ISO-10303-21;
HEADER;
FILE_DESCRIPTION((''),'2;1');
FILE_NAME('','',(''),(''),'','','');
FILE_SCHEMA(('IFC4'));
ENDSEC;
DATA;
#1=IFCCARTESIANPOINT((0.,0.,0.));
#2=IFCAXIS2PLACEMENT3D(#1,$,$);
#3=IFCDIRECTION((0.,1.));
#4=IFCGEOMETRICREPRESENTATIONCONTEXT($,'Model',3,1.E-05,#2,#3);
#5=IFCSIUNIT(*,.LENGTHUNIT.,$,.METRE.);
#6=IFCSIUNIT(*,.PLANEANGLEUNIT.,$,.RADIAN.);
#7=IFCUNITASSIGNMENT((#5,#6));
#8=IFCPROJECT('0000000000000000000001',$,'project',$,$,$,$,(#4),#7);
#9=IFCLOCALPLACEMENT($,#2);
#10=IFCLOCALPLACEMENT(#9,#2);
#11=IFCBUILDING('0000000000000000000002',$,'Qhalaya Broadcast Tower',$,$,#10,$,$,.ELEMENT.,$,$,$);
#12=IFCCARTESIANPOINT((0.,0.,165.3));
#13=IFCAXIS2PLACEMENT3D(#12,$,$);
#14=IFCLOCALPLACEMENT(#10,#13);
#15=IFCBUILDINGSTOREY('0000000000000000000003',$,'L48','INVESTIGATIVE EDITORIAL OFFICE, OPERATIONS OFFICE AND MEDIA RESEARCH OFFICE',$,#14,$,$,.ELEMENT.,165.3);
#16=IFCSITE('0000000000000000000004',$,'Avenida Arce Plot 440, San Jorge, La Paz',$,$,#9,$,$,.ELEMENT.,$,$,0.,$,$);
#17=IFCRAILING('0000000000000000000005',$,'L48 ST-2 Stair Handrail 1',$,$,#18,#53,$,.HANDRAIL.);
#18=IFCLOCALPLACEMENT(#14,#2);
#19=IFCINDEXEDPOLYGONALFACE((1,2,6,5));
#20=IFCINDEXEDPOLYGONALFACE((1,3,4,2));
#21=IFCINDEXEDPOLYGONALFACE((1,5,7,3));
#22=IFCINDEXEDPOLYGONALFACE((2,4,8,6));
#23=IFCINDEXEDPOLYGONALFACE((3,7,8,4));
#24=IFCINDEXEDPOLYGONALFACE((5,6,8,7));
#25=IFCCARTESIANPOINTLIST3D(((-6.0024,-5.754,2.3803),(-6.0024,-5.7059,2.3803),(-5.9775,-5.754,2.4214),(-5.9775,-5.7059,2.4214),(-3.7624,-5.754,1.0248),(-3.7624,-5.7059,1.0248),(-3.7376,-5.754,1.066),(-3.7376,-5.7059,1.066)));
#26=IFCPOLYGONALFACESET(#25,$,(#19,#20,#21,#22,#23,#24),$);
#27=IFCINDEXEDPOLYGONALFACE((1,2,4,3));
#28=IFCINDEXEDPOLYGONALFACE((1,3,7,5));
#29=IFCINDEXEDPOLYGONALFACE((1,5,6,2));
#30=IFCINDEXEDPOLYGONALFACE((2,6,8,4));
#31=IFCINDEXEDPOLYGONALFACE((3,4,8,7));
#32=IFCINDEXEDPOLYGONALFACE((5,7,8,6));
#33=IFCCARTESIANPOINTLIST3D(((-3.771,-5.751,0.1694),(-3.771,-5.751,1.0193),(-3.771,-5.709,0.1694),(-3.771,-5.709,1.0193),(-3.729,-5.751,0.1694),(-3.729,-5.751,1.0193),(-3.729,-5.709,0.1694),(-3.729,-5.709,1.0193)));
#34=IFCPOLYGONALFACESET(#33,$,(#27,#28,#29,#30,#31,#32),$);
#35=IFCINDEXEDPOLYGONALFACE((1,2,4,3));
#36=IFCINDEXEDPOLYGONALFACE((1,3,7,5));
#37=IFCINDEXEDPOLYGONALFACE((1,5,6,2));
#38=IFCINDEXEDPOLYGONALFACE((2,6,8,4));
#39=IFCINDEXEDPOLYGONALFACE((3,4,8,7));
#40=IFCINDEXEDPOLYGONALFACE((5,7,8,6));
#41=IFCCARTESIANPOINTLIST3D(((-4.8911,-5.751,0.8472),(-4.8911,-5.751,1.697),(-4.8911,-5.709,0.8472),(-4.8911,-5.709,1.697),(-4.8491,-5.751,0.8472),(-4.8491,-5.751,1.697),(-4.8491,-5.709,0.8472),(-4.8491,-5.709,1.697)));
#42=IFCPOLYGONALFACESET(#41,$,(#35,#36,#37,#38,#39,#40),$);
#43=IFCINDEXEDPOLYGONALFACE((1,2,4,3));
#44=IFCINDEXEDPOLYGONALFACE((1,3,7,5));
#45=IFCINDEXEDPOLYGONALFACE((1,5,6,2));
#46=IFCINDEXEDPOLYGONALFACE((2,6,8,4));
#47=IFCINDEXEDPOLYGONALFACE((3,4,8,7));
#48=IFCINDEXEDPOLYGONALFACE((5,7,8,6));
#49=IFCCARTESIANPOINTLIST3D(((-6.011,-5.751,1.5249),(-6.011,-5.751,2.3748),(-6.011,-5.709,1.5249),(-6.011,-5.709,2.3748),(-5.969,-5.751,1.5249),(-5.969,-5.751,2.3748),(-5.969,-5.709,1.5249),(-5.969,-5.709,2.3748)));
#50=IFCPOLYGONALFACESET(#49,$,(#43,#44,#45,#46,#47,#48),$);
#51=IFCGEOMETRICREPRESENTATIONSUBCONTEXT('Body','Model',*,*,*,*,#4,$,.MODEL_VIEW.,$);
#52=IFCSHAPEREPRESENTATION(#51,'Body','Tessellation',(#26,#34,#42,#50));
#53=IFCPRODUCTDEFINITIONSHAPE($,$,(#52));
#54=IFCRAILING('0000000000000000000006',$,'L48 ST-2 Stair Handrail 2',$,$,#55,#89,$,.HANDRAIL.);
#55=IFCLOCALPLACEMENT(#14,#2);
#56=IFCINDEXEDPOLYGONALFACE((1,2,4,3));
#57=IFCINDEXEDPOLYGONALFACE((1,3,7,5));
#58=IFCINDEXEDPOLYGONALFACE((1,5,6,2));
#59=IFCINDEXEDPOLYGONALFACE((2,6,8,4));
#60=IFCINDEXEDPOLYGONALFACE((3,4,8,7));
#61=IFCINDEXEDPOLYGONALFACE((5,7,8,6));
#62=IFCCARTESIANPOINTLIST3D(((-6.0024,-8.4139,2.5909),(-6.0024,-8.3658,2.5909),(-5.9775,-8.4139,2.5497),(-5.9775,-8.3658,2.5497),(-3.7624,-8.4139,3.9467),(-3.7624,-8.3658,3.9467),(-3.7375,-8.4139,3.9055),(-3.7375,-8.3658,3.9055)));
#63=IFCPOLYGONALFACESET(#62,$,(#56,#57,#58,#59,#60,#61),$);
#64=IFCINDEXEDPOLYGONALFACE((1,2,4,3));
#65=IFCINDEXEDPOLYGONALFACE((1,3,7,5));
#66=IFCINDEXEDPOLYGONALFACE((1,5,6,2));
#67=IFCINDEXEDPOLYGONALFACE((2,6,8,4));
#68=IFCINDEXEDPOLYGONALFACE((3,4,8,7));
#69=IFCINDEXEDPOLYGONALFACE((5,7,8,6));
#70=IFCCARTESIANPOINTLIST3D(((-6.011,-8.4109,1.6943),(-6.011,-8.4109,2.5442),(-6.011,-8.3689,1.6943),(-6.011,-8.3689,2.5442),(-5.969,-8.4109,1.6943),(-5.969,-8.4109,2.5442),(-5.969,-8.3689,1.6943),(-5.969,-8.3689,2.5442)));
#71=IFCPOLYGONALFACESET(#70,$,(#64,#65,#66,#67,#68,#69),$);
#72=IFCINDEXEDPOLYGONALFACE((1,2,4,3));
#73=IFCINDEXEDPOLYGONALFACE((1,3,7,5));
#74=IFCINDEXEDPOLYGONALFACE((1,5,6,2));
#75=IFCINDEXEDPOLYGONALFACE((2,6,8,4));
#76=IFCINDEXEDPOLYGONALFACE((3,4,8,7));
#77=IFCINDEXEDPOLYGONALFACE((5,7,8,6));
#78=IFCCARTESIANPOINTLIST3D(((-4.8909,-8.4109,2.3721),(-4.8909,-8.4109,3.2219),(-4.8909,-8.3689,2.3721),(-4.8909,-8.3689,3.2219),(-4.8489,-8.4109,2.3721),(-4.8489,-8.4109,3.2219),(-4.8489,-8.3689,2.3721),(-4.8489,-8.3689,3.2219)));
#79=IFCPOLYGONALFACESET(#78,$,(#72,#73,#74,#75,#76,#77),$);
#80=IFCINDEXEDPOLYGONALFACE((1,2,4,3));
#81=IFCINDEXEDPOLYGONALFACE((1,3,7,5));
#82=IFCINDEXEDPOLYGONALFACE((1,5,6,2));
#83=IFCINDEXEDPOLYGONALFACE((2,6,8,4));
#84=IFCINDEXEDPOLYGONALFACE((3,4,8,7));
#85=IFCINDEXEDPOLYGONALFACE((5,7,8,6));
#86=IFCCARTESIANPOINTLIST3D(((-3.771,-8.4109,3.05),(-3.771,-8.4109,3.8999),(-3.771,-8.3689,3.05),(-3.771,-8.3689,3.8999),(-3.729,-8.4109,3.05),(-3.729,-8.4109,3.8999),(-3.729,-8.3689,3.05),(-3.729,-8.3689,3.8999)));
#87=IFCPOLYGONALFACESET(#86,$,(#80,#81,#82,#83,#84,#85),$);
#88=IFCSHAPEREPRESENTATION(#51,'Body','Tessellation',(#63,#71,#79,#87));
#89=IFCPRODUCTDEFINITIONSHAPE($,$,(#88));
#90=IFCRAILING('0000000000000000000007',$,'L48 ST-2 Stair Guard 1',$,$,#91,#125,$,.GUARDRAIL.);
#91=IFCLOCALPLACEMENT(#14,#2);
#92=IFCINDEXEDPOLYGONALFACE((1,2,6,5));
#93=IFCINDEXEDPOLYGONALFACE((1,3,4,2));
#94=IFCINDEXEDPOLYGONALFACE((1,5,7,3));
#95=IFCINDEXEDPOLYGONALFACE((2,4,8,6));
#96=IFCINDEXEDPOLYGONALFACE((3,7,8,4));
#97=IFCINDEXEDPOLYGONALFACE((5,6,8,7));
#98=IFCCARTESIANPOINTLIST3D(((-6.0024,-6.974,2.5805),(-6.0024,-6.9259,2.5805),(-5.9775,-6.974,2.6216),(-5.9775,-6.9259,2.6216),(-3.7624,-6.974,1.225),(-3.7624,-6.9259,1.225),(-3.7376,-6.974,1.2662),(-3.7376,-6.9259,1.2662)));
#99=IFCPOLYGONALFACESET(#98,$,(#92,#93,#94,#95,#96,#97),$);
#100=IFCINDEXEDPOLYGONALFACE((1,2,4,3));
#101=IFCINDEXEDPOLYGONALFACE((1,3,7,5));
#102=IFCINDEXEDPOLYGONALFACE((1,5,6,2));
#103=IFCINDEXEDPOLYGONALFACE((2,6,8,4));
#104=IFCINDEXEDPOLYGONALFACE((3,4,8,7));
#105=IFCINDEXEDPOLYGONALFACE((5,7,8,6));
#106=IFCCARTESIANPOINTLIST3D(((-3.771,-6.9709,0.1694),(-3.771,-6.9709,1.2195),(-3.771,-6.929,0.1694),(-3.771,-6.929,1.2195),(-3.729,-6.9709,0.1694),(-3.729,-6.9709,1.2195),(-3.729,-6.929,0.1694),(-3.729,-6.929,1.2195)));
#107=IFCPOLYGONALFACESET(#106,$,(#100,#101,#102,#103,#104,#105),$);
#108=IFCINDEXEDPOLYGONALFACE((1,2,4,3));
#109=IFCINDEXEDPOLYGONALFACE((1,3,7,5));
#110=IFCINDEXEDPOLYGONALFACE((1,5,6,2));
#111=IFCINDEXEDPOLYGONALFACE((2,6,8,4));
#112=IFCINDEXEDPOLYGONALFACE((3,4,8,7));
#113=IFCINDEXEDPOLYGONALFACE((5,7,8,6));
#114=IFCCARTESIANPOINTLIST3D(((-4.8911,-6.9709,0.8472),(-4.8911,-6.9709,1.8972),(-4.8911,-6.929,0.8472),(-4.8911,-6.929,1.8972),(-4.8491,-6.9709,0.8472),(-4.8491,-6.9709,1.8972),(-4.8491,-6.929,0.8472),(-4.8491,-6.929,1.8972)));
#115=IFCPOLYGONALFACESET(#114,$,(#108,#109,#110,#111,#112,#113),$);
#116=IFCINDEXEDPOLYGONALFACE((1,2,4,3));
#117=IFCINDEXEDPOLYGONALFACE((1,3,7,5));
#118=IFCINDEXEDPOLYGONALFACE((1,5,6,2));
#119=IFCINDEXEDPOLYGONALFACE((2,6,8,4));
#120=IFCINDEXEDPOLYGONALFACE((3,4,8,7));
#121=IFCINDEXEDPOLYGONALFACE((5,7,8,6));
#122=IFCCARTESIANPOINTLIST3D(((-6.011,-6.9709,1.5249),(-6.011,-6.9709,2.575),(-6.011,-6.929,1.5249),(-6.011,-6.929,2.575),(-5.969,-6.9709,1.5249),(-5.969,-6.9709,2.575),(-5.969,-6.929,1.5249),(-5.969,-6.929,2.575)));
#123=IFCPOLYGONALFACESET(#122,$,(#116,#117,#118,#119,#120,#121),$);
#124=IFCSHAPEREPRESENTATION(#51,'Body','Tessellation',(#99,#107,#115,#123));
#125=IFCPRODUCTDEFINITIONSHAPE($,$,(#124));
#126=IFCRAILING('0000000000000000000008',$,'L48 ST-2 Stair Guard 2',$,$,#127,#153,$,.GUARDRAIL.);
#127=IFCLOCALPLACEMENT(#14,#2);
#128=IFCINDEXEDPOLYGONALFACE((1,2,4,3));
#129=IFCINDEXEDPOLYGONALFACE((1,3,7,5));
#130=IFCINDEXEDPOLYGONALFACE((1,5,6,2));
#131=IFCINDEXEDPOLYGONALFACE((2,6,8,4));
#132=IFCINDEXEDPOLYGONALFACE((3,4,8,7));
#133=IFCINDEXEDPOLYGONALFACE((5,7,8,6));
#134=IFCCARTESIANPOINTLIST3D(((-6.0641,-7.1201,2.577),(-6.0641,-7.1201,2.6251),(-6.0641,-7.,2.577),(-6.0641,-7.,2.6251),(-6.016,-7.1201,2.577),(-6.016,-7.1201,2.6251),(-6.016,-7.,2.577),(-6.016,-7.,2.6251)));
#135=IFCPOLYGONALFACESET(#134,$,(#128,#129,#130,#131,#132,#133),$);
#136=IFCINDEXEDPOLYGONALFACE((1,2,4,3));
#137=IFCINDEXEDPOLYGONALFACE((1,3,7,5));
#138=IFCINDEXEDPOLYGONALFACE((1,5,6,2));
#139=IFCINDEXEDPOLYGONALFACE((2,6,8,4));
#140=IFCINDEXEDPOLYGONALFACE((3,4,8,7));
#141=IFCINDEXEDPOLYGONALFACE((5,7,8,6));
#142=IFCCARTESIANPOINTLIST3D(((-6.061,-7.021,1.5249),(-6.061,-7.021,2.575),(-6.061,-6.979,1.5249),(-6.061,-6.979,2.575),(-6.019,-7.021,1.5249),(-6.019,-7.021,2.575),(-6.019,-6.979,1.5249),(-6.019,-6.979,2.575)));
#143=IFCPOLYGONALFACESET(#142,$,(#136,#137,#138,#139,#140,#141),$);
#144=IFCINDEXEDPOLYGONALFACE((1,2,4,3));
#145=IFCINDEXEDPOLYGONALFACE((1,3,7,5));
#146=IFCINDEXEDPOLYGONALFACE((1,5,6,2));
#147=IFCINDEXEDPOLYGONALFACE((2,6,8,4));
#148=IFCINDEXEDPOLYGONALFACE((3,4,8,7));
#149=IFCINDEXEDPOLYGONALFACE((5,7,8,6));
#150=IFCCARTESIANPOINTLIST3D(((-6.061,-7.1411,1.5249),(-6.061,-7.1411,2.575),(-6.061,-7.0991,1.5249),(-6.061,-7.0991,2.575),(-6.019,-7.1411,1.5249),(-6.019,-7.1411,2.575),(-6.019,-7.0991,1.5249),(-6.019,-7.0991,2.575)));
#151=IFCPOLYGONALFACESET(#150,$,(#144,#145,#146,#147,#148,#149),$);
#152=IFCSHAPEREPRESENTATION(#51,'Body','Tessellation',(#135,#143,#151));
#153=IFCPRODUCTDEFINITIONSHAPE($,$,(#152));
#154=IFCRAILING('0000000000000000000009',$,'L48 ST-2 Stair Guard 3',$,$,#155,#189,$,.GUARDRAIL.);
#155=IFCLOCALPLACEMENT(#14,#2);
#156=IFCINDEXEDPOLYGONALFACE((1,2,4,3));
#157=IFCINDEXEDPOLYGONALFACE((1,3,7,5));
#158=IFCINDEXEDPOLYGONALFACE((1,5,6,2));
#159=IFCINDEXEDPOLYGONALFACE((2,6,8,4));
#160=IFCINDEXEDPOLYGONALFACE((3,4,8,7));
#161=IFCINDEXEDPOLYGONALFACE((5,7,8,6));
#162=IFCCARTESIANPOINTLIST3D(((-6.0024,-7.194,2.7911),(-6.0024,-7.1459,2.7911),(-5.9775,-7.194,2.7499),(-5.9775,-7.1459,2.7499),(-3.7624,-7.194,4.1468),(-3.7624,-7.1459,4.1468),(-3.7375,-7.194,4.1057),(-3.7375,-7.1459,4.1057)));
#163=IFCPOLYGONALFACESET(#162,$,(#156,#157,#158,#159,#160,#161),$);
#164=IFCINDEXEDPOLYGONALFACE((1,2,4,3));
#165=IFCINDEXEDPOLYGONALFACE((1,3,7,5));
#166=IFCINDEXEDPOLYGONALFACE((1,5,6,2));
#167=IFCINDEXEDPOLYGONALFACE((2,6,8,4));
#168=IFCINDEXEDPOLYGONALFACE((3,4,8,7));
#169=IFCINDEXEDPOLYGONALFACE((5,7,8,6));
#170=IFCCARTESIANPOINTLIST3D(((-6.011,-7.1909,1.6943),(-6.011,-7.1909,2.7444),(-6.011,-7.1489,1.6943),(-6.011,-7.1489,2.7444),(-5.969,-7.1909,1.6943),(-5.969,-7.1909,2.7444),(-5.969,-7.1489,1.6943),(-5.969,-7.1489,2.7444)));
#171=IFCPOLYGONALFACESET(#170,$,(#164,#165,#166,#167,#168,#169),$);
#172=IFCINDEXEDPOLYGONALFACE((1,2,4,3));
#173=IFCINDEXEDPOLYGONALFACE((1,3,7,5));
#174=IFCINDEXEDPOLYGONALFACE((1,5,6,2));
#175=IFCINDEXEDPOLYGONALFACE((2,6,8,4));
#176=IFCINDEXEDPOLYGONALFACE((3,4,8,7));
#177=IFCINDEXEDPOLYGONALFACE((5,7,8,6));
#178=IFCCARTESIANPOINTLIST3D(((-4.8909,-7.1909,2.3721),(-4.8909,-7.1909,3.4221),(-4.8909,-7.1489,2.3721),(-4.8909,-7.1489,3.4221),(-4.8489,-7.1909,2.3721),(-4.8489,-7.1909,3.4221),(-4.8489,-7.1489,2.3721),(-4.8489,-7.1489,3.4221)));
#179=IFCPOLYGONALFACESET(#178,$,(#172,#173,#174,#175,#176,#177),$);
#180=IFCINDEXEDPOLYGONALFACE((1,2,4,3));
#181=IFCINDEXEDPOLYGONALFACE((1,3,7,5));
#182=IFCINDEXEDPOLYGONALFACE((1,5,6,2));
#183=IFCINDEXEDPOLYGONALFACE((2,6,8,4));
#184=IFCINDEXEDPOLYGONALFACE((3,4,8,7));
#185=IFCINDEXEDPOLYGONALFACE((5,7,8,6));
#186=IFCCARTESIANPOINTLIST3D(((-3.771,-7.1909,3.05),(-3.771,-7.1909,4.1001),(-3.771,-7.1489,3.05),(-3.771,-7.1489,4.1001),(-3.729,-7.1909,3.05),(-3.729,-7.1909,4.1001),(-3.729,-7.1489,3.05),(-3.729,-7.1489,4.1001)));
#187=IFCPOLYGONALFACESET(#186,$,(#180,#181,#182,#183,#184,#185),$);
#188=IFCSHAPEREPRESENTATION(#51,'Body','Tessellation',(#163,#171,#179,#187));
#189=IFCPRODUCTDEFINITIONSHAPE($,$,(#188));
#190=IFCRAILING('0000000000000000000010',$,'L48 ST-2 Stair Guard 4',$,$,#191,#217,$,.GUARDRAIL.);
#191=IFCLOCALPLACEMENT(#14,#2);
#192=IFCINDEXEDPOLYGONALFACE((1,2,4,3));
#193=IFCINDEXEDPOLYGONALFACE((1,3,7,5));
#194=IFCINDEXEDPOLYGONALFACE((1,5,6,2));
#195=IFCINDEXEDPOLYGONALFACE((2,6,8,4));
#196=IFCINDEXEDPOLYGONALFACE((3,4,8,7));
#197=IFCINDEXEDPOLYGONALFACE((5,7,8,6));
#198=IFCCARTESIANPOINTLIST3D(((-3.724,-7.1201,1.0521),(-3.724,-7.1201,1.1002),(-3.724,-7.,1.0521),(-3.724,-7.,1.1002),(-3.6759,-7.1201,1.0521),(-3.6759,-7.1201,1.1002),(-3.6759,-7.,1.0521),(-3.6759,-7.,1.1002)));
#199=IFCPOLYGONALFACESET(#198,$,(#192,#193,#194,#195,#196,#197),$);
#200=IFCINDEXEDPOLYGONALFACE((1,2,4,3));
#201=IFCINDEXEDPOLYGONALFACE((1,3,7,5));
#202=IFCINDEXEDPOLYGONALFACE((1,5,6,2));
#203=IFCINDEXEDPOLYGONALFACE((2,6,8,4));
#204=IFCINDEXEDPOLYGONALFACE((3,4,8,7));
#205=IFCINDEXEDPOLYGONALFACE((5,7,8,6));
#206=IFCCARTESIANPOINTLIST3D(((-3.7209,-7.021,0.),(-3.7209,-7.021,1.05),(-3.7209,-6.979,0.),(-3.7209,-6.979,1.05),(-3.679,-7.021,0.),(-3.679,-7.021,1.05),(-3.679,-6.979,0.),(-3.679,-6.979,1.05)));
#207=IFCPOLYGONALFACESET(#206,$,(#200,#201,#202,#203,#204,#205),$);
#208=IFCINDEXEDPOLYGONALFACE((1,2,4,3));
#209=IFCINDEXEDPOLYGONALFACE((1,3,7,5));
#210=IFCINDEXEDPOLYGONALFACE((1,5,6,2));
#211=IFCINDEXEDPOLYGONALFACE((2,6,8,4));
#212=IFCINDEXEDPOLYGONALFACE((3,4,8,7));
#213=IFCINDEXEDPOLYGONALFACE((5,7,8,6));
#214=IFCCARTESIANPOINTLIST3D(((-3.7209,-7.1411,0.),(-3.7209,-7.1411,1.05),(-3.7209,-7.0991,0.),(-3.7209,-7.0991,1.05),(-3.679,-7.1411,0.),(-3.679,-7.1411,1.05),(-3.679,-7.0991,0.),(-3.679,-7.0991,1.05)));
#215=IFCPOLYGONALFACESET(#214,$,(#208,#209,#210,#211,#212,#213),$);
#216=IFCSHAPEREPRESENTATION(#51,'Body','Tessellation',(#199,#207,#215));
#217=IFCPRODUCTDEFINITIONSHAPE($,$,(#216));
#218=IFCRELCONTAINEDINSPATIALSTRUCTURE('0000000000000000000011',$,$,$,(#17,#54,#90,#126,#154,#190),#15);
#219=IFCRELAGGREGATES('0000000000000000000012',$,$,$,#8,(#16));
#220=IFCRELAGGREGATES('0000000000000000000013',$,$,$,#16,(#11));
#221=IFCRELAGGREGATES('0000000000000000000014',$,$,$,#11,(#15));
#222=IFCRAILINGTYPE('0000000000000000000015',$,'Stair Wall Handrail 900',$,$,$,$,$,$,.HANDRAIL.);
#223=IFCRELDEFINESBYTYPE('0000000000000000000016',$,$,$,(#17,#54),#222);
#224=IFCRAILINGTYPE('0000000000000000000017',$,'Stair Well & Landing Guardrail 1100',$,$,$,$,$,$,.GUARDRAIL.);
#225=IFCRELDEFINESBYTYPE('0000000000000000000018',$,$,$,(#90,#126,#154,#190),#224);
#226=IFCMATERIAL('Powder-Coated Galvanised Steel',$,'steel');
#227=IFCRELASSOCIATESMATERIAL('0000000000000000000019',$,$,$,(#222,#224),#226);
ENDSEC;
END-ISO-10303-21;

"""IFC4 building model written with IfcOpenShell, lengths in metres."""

from ifc_helpers import new_model, si_unit, direction, frame, origin, origin_2d, place, context, subcontext, project, spatial, rectangle, extrude, material, type_object, element, save


model = new_model("IFC4")

# Units and contexts
model_context = context("Model", 3, precision=1e-05, world=origin(), true_north=direction((0.0, 1.0)))
body_context = subcontext(model_context, "Body", "Model", "MODEL_VIEW")
ifc_project = project(units=[si_unit("LENGTHUNIT", "METRE"), si_unit("PLANEANGLEUNIT", "RADIAN")], contexts=[model_context])

# Site, building, storey
site_placement = place(None, origin())
site = spatial("IfcSite", under=ifc_project, at=site_placement, Name="Avenida Arce Plot 440, San Jorge, La Paz", CompositionType="ELEMENT", RefElevation=0.0)
building_placement = place(site_placement, origin())
building = spatial("IfcBuilding", under=site, at=building_placement, Name="Qhalaya Broadcast Tower", CompositionType="ELEMENT")
storey_placement = place(building_placement, frame((0.0, 0.0, 165.3)))
storey = spatial("IfcBuildingStorey", under=building, at=storey_placement, Name="L48", Description="INVESTIGATIVE EDITORIAL OFFICE, OPERATIONS OFFICE AND MEDIA RESEARCH OFFICE", CompositionType="ELEMENT", Elevation=165.3)

# Railings
ifc_material_1 = material(Name="Powder-Coated Galvanised Steel", Category="steel")
railing_type_1 = type_object("IfcRailingType", Name="Stair Wall Handrail 900", PredefinedType="HANDRAIL", material=ifc_material_1)
railing_1_placement = place(storey_placement, frame((-3.75, -5.73, 0.1694)))
element("IfcRailing", 1, at=railing_1_placement, inside=storey, type_object=railing_type_1, Name="L48 ST-2 Stair Handrail 1", PredefinedType="HANDRAIL", context=body_context, shape_type="SweptSolid", body=[
    extrude(rectangle(XDim=0.0481, YDim=0.0481, at=origin_2d()), frame((0.0, 0.0, 0.876), z_axis=(-0.855553, 0.0, 0.517715), x_axis=(0.0, -1.0, 0.0)), (0.0, 0.0, 1.0), 2.6182),
    extrude(rectangle(XDim=0.042, YDim=0.042, at=origin_2d()), origin(), (0.0, 0.0, 1.0), 0.8499),
    extrude(rectangle(XDim=0.042, YDim=0.042, at=origin_2d()), frame((-1.1201, 0.0, 0.6777)), (0.0, 0.0, 1.0), 0.8499),
    extrude(rectangle(XDim=0.042, YDim=0.042, at=origin_2d()), frame((-2.24, 0.0, 1.3555)), (0.0, 0.0, 1.0), 0.8499),
])
railing_2_placement = place(storey_placement, frame((-5.99, -8.3899, 1.6943)))
element("IfcRailing", 2, at=railing_2_placement, inside=storey, type_object=railing_type_1, Name="L48 ST-2 Stair Handrail 2", PredefinedType="HANDRAIL", context=body_context, shape_type="SweptSolid", body=[
    extrude(rectangle(XDim=0.0481, YDim=0.0481, at=origin_2d()), frame((0.0, 0.0, 0.876), z_axis=(0.855512, 0.0, 0.517783), x_axis=(0.0, 1.0, 0.0)), (0.0, 0.0, 1.0), 2.6184),
    extrude(rectangle(XDim=0.042, YDim=0.042, at=origin_2d()), origin(), (0.0, 0.0, 1.0), 0.8499),
    extrude(rectangle(XDim=0.042, YDim=0.042, at=origin_2d()), frame((1.1201, 0.0, 0.6777)), (0.0, 0.0, 1.0), 0.8499),
    extrude(rectangle(XDim=0.042, YDim=0.042, at=origin_2d()), frame((2.24, 0.0, 1.3557)), (0.0, 0.0, 1.0), 0.8499),
])
railing_type_2 = type_object("IfcRailingType", Name="Stair Well & Landing Guardrail 1100", PredefinedType="GUARDRAIL", material=ifc_material_1)
railing_3_placement = place(storey_placement, frame((-3.75, -6.95, 0.1694)))
element("IfcRailing", 3, at=railing_3_placement, inside=storey, type_object=railing_type_2, Name="L48 ST-2 Stair Guard 1", PredefinedType="GUARDRAIL", context=body_context, shape_type="SweptSolid", body=[
    extrude(rectangle(XDim=0.0481, YDim=0.0481, at=origin_2d()), frame((0.0, 0.0, 1.0762), z_axis=(-0.855553, 0.0, 0.517715), x_axis=(0.0, -1.0, 0.0)), (0.0, 0.0, 1.0), 2.6182),
    extrude(rectangle(XDim=0.042, YDim=0.042, at=origin_2d()), origin(), (0.0, 0.0, 1.0), 1.05),
    extrude(rectangle(XDim=0.042, YDim=0.042, at=origin_2d()), frame((-1.1201, 0.0, 0.6777)), (0.0, 0.0, 1.0), 1.05),
    extrude(rectangle(XDim=0.042, YDim=0.042, at=origin_2d()), frame((-2.24, 0.0, 1.3555)), (0.0, 0.0, 1.0), 1.05),
])
railing_4_placement = place(storey_placement, frame((-6.04, -7.0, 1.5249)))
element("IfcRailing", 4, at=railing_4_placement, inside=storey, type_object=railing_type_2, Name="L48 ST-2 Stair Guard 2", PredefinedType="GUARDRAIL", context=body_context, shape_type="SweptSolid", body=[
    extrude(rectangle(XDim=0.0481, YDim=0.0481, at=origin_2d()), frame((0.0, 0.0, 1.0762), z_axis=(0.0, -1.0, 0.0), x_axis=(1.0, 0.0, 0.0)), (0.0, 0.0, 1.0), 0.1201),
    extrude(rectangle(XDim=0.042, YDim=0.042, at=origin_2d()), origin(), (0.0, 0.0, 1.0), 1.05),
    extrude(rectangle(XDim=0.042, YDim=0.042, at=origin_2d()), frame((0.0, -0.1201, 0.0)), (0.0, 0.0, 1.0), 1.05),
])
railing_5_placement = place(storey_placement, frame((-5.99, -7.1699, 1.6943)))
element("IfcRailing", 5, at=railing_5_placement, inside=storey, type_object=railing_type_2, Name="L48 ST-2 Stair Guard 3", PredefinedType="GUARDRAIL", context=body_context, shape_type="SweptSolid", body=[
    extrude(rectangle(XDim=0.0481, YDim=0.0481, at=origin_2d()), frame((0.0, 0.0, 1.0762), z_axis=(0.855512, 0.0, 0.517783), x_axis=(0.0, 1.0, 0.0)), (0.0, 0.0, 1.0), 2.6184),
    extrude(rectangle(XDim=0.042, YDim=0.042, at=origin_2d()), origin(), (0.0, 0.0, 1.0), 1.05),
    extrude(rectangle(XDim=0.042, YDim=0.042, at=origin_2d()), frame((1.1201, 0.0, 0.6777)), (0.0, 0.0, 1.0), 1.05),
    extrude(rectangle(XDim=0.042, YDim=0.042, at=origin_2d()), frame((2.24, 0.0, 1.3557)), (0.0, 0.0, 1.0), 1.05),
])
railing_6_placement = place(storey_placement, frame((-3.7, -7.0, 0.0)))
element("IfcRailing", 6, at=railing_6_placement, inside=storey, type_object=railing_type_2, Name="L48 ST-2 Stair Guard 4", PredefinedType="GUARDRAIL", context=body_context, shape_type="SweptSolid", body=[
    extrude(rectangle(XDim=0.0481, YDim=0.0481, at=origin_2d()), frame((0.0, 0.0, 1.0762), z_axis=(0.0, -1.0, 0.0), x_axis=(1.0, 0.0, 0.0)), (0.0, 0.0, 1.0), 0.1201),
    extrude(rectangle(XDim=0.042, YDim=0.042, at=origin_2d()), origin(), (0.0, 0.0, 1.0), 1.05),
    extrude(rectangle(XDim=0.042, YDim=0.042, at=origin_2d()), frame((0.0, -0.1201, 0.0)), (0.0, 0.0, 1.0), 1.05),
])

save(model, "model.ifc")
